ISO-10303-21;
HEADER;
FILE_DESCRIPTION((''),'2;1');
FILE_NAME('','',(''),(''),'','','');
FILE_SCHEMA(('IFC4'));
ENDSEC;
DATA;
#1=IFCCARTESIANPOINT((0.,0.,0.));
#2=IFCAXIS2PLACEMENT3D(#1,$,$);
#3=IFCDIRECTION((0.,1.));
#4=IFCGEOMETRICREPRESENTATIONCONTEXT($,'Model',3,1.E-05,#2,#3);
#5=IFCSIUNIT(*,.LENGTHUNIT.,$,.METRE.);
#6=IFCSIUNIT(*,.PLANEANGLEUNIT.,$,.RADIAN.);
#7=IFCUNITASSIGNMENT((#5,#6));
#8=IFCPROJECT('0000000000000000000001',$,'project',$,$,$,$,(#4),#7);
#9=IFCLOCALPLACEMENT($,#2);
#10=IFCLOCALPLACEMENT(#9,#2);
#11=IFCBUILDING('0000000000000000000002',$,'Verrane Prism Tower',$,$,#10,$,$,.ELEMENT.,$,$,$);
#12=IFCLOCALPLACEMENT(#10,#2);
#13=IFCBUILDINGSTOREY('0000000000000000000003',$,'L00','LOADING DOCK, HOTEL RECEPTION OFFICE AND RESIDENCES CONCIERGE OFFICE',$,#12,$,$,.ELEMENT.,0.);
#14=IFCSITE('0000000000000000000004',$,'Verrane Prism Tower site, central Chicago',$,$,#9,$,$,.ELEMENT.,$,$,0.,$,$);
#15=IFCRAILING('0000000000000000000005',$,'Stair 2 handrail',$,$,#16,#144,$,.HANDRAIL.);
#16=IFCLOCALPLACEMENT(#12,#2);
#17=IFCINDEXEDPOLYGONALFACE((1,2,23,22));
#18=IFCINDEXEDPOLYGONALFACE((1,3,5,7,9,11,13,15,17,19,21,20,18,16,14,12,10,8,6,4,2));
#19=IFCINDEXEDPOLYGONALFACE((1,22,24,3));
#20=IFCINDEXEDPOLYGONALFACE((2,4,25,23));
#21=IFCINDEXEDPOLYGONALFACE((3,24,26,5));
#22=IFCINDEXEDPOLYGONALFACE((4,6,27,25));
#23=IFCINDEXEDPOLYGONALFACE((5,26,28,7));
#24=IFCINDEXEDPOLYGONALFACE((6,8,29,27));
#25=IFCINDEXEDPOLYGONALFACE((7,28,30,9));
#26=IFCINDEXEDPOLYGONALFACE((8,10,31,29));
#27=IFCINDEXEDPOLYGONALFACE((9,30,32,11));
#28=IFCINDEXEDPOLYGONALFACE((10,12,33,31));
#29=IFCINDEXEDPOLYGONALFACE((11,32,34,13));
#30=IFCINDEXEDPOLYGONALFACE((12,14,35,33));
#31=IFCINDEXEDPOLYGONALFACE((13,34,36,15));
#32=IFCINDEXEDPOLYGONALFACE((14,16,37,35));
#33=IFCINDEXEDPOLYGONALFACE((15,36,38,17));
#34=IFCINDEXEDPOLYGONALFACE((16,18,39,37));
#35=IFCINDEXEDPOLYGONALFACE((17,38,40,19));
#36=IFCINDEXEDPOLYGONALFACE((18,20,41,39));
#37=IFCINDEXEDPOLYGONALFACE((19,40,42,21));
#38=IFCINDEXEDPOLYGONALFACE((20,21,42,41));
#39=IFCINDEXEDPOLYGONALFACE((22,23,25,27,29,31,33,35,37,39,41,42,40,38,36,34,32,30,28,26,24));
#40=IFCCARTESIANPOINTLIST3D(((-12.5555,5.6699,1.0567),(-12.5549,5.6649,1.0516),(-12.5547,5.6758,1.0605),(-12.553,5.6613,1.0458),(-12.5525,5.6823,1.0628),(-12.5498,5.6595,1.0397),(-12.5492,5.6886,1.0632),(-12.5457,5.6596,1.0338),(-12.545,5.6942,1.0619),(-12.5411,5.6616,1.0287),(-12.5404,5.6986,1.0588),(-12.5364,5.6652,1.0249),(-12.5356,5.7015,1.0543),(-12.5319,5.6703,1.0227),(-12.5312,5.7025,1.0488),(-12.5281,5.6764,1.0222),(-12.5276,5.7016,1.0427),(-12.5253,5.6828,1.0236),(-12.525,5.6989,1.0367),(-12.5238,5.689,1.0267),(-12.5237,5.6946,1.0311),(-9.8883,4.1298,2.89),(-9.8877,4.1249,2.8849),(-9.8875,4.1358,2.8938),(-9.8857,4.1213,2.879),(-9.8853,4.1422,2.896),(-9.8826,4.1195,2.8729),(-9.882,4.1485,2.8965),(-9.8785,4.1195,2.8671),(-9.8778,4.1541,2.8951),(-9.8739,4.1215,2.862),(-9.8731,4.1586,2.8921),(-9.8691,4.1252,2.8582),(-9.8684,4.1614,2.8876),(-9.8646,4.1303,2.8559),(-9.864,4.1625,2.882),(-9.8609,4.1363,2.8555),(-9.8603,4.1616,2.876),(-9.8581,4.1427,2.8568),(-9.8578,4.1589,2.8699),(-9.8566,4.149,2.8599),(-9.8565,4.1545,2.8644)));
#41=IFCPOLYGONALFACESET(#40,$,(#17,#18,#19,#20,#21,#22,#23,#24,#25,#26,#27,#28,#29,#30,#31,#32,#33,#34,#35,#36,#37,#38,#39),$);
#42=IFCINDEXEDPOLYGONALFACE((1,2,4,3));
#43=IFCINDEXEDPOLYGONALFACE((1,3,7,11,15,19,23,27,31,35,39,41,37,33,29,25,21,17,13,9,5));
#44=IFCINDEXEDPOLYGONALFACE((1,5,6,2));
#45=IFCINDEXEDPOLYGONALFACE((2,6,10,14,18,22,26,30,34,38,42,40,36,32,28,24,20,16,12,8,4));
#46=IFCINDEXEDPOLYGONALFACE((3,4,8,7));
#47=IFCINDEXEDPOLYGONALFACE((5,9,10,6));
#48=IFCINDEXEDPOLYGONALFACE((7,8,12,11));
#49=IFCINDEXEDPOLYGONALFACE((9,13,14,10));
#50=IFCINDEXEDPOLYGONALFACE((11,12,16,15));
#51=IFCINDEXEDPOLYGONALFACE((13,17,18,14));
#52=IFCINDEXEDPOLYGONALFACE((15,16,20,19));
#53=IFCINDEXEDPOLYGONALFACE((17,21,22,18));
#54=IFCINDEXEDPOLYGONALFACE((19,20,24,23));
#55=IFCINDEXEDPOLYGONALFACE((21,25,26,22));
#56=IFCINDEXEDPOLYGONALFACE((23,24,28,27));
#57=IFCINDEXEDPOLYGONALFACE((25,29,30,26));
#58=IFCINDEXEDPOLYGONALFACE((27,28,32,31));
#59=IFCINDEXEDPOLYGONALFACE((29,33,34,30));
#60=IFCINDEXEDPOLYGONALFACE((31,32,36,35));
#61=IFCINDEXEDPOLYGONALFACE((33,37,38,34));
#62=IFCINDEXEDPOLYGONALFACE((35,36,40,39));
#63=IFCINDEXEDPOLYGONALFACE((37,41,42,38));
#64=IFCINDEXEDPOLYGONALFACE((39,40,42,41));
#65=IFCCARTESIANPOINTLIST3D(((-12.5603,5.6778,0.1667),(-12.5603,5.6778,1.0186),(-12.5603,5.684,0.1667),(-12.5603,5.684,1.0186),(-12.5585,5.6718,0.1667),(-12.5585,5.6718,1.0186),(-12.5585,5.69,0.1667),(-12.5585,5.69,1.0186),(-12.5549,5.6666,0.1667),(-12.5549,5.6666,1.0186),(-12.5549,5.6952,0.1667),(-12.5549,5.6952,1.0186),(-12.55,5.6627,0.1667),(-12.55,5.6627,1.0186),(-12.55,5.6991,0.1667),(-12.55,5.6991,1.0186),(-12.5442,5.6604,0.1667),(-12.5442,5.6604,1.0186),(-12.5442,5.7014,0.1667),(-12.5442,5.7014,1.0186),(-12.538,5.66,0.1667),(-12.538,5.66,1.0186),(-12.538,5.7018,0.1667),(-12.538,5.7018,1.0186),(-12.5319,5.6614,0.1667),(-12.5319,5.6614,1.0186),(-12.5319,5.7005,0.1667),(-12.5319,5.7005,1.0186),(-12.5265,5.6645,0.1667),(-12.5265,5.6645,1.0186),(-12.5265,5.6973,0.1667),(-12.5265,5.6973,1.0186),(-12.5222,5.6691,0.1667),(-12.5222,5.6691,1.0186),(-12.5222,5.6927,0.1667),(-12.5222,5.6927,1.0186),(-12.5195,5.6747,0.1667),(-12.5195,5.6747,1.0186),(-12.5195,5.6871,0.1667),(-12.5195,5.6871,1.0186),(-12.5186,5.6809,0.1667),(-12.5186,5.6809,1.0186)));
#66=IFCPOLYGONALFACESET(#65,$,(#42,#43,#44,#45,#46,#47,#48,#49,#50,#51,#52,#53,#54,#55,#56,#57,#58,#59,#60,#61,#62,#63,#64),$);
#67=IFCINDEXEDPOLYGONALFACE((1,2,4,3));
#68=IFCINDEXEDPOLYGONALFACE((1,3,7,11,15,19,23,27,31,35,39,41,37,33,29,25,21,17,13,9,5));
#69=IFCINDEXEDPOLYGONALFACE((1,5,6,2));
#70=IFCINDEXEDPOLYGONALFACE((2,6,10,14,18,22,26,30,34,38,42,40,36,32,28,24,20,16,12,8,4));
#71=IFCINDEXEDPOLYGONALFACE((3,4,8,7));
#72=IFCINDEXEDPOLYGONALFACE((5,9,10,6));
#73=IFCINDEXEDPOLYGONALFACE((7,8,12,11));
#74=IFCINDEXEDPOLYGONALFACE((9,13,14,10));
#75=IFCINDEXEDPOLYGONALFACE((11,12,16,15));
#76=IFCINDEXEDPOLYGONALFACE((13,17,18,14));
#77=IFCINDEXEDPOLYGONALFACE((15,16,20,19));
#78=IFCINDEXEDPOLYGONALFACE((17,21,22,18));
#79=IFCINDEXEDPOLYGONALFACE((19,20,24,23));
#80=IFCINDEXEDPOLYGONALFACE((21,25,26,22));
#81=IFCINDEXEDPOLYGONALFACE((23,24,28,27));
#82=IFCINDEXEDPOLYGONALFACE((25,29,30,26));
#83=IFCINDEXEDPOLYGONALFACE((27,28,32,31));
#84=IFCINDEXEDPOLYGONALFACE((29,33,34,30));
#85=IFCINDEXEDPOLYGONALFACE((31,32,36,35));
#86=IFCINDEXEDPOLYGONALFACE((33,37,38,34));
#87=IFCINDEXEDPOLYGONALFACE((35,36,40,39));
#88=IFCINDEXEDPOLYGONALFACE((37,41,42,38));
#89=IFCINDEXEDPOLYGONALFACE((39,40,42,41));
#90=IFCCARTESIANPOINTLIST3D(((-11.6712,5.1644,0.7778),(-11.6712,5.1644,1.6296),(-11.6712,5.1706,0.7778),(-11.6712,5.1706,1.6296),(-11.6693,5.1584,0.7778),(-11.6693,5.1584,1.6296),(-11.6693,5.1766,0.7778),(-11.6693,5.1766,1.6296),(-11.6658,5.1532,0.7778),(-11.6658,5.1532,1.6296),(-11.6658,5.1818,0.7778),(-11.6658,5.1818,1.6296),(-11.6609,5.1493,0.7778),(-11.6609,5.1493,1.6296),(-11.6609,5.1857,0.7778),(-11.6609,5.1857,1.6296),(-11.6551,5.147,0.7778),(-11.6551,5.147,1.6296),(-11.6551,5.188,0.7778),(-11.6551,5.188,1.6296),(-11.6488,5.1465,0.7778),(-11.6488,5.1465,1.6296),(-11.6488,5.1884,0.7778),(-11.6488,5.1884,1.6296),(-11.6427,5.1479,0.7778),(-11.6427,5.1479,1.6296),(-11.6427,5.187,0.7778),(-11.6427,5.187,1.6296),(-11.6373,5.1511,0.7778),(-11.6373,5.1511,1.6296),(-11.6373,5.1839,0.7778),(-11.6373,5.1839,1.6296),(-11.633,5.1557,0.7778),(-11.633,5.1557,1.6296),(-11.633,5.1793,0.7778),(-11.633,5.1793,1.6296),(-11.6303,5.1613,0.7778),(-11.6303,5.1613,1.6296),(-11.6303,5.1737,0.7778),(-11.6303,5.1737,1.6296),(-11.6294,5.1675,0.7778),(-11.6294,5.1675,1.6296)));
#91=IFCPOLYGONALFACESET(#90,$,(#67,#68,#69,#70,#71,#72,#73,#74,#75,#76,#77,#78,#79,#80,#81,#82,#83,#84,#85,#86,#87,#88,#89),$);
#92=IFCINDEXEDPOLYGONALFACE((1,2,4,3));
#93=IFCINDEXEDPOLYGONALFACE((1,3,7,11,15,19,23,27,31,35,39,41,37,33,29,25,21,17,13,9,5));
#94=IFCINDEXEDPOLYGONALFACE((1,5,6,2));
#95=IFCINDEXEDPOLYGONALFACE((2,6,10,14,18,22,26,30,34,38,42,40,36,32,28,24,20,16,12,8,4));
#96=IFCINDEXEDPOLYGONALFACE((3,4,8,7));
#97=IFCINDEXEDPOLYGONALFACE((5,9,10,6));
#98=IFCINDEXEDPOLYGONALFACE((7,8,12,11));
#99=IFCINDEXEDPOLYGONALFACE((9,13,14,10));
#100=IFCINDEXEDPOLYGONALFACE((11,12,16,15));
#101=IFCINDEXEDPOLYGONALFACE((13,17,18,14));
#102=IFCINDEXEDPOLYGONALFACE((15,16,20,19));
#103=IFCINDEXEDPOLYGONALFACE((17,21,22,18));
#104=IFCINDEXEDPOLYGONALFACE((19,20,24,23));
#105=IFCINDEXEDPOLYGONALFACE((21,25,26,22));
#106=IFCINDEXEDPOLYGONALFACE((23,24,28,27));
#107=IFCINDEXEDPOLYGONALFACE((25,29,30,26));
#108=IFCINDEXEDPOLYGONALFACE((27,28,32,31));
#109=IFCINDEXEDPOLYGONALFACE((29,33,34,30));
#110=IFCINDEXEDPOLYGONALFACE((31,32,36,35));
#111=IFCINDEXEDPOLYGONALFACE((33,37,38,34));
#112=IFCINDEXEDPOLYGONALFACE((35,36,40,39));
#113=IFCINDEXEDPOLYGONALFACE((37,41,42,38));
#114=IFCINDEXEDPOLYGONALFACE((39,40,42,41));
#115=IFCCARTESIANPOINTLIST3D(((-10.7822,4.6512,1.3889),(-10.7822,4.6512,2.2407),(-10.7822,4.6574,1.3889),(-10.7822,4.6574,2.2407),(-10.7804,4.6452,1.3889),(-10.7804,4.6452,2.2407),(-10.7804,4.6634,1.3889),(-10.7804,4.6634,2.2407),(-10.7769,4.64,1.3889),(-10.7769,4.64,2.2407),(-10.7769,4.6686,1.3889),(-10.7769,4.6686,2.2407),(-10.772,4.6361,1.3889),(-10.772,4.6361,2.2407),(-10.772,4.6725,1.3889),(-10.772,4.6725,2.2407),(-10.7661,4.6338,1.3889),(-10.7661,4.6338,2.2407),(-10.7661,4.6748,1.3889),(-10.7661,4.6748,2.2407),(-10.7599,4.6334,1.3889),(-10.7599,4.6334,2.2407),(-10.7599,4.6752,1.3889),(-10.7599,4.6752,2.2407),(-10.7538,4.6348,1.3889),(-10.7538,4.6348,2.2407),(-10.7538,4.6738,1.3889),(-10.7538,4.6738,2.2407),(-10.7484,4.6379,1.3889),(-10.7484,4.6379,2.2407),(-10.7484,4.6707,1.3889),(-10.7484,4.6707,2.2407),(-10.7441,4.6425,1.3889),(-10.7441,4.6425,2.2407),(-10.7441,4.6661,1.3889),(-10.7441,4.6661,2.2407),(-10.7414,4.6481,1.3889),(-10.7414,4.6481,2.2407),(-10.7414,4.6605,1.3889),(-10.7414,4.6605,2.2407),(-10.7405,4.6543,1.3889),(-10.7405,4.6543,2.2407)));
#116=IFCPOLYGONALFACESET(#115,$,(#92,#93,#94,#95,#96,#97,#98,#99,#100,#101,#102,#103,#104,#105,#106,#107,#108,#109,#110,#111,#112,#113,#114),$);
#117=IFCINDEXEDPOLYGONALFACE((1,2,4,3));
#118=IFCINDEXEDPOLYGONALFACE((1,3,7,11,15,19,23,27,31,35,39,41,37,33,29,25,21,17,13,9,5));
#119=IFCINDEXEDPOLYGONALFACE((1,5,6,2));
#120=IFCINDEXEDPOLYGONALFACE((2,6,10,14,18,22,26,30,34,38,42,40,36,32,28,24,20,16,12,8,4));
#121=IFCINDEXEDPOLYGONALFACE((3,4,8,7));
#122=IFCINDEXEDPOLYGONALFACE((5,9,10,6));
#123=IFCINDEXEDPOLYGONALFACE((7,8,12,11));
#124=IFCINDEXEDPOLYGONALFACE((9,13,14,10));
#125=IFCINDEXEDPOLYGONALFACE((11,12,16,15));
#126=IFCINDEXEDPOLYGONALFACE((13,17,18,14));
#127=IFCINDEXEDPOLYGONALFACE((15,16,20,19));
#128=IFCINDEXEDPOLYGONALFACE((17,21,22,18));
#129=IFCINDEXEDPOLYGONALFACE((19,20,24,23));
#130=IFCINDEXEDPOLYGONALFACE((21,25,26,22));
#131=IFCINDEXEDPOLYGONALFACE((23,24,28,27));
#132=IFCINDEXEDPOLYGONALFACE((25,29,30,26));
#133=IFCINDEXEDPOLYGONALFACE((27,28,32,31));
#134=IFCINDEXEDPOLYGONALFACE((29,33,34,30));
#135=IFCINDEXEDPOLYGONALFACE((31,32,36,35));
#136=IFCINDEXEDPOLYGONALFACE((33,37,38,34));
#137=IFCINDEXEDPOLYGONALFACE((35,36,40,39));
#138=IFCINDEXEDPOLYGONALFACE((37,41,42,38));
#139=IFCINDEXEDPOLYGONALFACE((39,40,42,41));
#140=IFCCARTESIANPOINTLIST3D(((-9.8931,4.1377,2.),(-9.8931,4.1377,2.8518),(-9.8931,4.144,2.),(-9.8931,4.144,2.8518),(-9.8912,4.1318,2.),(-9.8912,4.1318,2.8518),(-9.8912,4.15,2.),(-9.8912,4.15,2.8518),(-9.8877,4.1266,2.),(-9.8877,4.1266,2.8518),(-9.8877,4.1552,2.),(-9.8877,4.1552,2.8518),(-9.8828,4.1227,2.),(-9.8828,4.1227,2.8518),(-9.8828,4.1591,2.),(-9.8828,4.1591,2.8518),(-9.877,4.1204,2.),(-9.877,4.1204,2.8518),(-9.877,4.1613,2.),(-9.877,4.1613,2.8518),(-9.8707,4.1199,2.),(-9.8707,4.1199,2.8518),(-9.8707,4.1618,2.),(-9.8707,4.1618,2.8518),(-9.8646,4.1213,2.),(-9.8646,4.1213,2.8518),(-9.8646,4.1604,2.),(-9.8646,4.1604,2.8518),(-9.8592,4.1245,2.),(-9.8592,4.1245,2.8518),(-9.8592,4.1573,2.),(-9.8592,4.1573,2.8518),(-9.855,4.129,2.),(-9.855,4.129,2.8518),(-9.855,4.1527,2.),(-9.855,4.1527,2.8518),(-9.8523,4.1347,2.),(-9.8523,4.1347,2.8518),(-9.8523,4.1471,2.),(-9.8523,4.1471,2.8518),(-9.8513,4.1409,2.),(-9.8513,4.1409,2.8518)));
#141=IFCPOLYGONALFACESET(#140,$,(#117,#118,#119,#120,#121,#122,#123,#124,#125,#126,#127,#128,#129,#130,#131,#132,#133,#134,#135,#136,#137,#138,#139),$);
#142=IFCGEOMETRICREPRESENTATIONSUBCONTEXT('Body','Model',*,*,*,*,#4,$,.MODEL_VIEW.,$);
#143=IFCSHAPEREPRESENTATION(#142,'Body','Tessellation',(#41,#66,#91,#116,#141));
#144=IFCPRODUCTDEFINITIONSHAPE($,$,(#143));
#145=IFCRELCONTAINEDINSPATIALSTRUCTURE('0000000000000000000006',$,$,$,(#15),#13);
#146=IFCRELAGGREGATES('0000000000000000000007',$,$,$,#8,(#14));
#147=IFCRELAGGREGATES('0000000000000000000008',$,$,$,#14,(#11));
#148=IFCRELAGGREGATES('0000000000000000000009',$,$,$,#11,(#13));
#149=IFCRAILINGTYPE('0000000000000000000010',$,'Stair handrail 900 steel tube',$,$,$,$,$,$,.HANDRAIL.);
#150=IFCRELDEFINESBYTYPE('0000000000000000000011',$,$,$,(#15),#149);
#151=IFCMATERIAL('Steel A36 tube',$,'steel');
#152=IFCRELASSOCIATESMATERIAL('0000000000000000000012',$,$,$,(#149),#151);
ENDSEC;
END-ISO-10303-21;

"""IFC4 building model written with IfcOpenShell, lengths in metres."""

from ifc_helpers import new_model, si_unit, direction, frame, origin, origin_2d, place, context, subcontext, project, spatial, circle, extrude, material, type_object, element, save


model = new_model("IFC4")

# Units and contexts
model_context = context("Model", 3, precision=1e-05, world=origin(), true_north=direction((0.0, 1.0)))
body_context = subcontext(model_context, "Body", "Model", "MODEL_VIEW")
ifc_project = project(units=[si_unit("LENGTHUNIT", "METRE"), si_unit("PLANEANGLEUNIT", "RADIAN")], contexts=[model_context])

# Site, building, storey
site_placement = place(None, origin())
site = spatial("IfcSite", under=ifc_project, at=site_placement, Name="Verrane Prism Tower site, central Chicago", CompositionType="ELEMENT", RefElevation=0.0)
building_placement = place(site_placement, origin())
building = spatial("IfcBuilding", under=site, at=building_placement, Name="Verrane Prism Tower", CompositionType="ELEMENT")
storey_placement = place(building_placement, origin())
storey = spatial("IfcBuildingStorey", under=building, at=storey_placement, Name="L00", Description="LOADING DOCK, HOTEL RECEPTION OFFICE AND RESIDENCES CONCIERGE OFFICE", CompositionType="ELEMENT", Elevation=0.0)

# Railing
ifc_material_1 = material(Name="Steel A36 tube", Category="steel")
railing_type_1 = type_object("IfcRailingType", Name="Stair handrail 900 steel tube", PredefinedType="HANDRAIL", material=ifc_material_1)
for number, where, name in (
    (1, (-12.5396, 5.6809, 0.1667), "Stair 2 handrail"),
):
    element("IfcRailing", number, at=place(storey_placement, frame(where)), inside=storey, type_object=railing_type_1, Name=name, PredefinedType="HANDRAIL", context=body_context, shape_type="SweptSolid", body=[
        extrude(circle(Radius=0.0239, at=origin_2d()), frame((0.0, 0.0, 0.876), z_axis=(0.744159, -0.429671, 0.511478), x_axis=(0.500027, 0.86601, 0.0)), (0.0, 0.0, 1.0), 3.5842),
        extrude(circle(Radius=0.021, at=origin_2d()), origin(), (0.0, 0.0, 1.0), 0.8518),
        extrude(circle(Radius=0.021, at=origin_2d()), frame((0.8892, -0.5134, 0.6111)), (0.0, 0.0, 1.0), 0.8518),
        extrude(circle(Radius=0.021, at=origin_2d()), frame((1.7781, -1.0266, 1.2222)), (0.0, 0.0, 1.0), 0.8518),
        extrude(circle(Radius=0.021, at=origin_2d()), frame((2.6672, -1.54, 1.8333)), (0.0, 0.0, 1.0), 0.8518),
    ])

save(model, "model.ifc")
